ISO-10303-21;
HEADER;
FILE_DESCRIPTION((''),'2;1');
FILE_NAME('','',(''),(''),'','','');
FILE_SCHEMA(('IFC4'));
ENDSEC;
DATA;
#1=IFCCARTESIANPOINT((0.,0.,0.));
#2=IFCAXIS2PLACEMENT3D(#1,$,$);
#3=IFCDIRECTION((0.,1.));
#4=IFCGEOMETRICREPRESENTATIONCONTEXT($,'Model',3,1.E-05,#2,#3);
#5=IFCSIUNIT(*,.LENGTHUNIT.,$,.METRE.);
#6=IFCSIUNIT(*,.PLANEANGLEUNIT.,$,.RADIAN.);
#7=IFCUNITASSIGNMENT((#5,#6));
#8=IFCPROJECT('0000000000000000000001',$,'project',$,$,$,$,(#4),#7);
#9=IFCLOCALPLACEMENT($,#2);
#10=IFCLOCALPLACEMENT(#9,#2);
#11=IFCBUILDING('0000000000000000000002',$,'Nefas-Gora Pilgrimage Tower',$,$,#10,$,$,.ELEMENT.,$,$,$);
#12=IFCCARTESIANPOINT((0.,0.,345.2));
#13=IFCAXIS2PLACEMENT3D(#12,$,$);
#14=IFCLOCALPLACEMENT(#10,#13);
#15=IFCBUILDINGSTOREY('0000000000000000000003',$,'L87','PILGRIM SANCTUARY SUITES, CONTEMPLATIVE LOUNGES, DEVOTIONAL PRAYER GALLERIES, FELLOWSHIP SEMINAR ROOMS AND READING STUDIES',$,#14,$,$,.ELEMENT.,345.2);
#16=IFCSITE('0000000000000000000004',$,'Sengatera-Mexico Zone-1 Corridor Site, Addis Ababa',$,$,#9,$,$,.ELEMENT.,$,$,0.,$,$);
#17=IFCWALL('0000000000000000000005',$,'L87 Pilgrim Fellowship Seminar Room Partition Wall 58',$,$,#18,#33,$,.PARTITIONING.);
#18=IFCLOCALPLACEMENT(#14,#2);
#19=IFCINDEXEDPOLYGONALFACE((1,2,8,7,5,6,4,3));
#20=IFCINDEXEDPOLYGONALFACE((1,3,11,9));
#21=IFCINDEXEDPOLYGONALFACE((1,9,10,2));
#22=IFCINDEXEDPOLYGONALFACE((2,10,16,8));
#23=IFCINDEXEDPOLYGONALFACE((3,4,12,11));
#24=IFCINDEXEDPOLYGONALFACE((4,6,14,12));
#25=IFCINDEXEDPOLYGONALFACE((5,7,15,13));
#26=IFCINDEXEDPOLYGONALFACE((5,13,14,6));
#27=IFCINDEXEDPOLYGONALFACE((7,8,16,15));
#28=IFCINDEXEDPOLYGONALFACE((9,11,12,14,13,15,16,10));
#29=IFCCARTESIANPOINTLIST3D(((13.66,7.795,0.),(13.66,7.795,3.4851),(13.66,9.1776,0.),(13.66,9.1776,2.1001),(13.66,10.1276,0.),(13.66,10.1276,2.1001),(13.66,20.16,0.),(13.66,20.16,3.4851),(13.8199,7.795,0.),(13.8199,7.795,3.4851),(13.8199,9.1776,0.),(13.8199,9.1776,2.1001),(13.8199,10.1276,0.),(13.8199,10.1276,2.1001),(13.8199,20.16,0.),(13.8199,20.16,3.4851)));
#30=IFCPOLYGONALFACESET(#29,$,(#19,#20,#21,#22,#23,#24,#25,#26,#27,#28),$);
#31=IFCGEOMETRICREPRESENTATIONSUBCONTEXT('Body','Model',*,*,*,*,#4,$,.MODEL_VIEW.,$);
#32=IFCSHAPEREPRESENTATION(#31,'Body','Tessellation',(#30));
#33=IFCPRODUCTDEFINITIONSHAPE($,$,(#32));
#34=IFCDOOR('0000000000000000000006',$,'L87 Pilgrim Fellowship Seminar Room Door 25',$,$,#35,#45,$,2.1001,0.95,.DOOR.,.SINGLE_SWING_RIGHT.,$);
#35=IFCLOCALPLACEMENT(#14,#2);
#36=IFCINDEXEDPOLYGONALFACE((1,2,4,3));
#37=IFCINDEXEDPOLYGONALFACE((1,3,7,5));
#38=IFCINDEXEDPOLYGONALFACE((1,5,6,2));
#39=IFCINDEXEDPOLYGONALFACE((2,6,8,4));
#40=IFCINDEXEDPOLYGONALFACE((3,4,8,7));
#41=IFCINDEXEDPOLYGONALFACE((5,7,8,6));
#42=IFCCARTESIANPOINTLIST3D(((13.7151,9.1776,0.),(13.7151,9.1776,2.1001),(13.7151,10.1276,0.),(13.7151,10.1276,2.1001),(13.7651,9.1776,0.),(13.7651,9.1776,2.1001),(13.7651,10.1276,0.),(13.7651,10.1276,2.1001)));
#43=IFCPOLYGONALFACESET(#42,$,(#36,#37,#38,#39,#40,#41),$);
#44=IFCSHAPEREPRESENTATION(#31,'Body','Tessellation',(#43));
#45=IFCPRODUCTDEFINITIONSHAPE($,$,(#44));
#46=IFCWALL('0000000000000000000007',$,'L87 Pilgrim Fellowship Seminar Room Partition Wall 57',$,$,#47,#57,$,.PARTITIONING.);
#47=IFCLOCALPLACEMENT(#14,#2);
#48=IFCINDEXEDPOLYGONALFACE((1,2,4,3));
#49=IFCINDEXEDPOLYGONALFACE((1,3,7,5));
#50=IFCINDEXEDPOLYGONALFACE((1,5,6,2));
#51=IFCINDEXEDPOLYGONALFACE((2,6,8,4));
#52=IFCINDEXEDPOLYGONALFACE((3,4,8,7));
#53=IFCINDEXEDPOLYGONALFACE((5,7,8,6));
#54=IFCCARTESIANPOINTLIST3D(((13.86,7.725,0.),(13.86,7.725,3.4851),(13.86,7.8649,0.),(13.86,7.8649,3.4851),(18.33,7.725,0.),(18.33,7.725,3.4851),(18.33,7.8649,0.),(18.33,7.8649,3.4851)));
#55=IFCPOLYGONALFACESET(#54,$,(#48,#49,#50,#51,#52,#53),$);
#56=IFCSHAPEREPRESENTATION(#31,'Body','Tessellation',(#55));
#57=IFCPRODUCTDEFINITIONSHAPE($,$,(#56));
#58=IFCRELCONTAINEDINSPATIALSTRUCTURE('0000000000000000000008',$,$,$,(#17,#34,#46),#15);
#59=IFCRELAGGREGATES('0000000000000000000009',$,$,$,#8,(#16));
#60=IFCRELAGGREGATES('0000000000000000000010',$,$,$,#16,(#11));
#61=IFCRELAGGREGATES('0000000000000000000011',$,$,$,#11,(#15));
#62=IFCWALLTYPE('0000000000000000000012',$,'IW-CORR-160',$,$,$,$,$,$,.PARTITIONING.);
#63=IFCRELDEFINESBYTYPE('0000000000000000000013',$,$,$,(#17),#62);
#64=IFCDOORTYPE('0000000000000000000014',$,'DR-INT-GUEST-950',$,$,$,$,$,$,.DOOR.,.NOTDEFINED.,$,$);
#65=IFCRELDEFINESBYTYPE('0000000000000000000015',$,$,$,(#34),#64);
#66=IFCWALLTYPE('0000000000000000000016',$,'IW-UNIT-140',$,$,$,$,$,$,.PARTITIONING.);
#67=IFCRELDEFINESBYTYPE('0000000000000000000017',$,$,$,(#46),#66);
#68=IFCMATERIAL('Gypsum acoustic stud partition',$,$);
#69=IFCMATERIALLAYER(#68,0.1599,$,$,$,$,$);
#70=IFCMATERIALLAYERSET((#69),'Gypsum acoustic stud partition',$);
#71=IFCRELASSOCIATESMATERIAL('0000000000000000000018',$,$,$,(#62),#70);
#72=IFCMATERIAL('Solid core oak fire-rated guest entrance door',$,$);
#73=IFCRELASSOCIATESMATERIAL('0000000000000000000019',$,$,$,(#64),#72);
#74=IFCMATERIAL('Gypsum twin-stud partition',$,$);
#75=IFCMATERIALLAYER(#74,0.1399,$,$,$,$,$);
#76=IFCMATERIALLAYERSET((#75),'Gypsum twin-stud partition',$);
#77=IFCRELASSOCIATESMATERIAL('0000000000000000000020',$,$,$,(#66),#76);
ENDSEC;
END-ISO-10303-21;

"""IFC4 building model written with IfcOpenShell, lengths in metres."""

from ifc_helpers import new_model, si_unit, direction, frame, frame_2d, origin, place, context, subcontext, project, spatial, rectangle, extrude, source, transform, mapped, material, layer, layer_set, type_object, element, fill, save


model = new_model("IFC4")

# Units and contexts
model_context = context("Model", 3, precision=1e-05, world=origin(), true_north=direction((0.0, 1.0)))
body_context = subcontext(model_context, "Body", "Model", "MODEL_VIEW")
ifc_project = project(units=[si_unit("LENGTHUNIT", "METRE"), si_unit("PLANEANGLEUNIT", "RADIAN")], contexts=[model_context])

# Site, building, storey
site_placement = place(None, origin())
site = spatial("IfcSite", under=ifc_project, at=site_placement, Name="Sengatera-Mexico Zone-1 Corridor Site, Addis Ababa", CompositionType="ELEMENT", RefElevation=0.0)
building_placement = place(site_placement, origin())
building = spatial("IfcBuilding", under=site, at=building_placement, Name="Nefas-Gora Pilgrimage Tower", CompositionType="ELEMENT")
storey_placement = place(building_placement, frame((0.0, 0.0, 345.2)))
storey = spatial("IfcBuildingStorey", under=building, at=storey_placement, Name="L87", Description="PILGRIM SANCTUARY SUITES, CONTEMPLATIVE LOUNGES, DEVOTIONAL PRAYER GALLERIES, FELLOWSHIP SEMINAR ROOMS AND READING STUDIES", CompositionType="ELEMENT", Elevation=345.2)

# Wall, opening, door
ifc_material_1 = material(Name="Gypsum acoustic stud partition")
ifc_layer_1 = layer(ifc_material_1, 0.1599)
ifc_layer_set_1 = layer_set([ifc_layer_1], Name="Gypsum acoustic stud partition")
wall_type_1 = type_object("IfcWallType", Name="IW-CORR-160", PredefinedType="PARTITIONING", material=ifc_layer_set_1)
shared_shape_1 = source(origin(), body_context, "Body", "SweptSolid", [
    extrude(rectangle(XDim=12.365, YDim=0.1599, at=frame_2d((6.1826, 0.0))), origin(), (0.0, 0.0, 1.0), 3.4851),
])
wall_1_placement = place(storey_placement, frame((13.74, 7.7949, 0.0), z_axis=(0.0, 0.0, 1.0), x_axis=(0.0, 1.0, 0.0)))
wall_1 = element("IfcWall", 1, at=wall_1_placement, inside=storey, type_object=wall_type_1, Name="L87 Pilgrim Fellowship Seminar Room Partition Wall 58", PredefinedType="PARTITIONING", context=body_context, shape_type="MappedRepresentation", body=[
    mapped(shared_shape_1, transform((0.0, 0.0, 0.0), x_axis=(1.0, 0.0, 0.0), y_axis=(0.0, 1.0, 0.0), z_axis=(0.0, 0.0, 1.0), scale=1.0)),
])
opening_placement = place(wall_1_placement, frame((1.3826, 0.0, 0.0)))
opening = element("IfcOpeningElement", 2, at=opening_placement, cuts=wall_1, PredefinedType="OPENING", context=body_context, shape_type="SweptSolid", body=[
    extrude(rectangle(XDim=0.95, YDim=2.1001, at=frame_2d((0.4751, 1.05))), frame((0.0, 0.0898, 0.0), z_axis=(0.0, -1.0, 0.0), x_axis=(1.0, 0.0, 0.0)), (0.0, 0.0, 1.0), 0.1799),
])
ifc_material_2 = material(Name="Solid core oak fire-rated guest entrance door")
door_type = type_object("IfcDoorType", Name="DR-INT-GUEST-950", OperationType="NOTDEFINED", PredefinedType="DOOR", material=ifc_material_2)
shared_shape_2 = source(origin(), body_context, "Body", "SweptSolid", [
    extrude(rectangle(XDim=0.95, YDim=2.1001, at=frame_2d((0.4751, 1.05))), frame((0.0, 0.0249, 0.0), z_axis=(0.0, -1.0, 0.0), x_axis=(1.0, 0.0, 0.0)), (0.0, 0.0, 1.0), 0.05),
])
door_placement = place(opening_placement, origin())
door = element("IfcDoor", 3, at=door_placement, inside=storey, type_object=door_type, Name="L87 Pilgrim Fellowship Seminar Room Door 25", OperationType="SINGLE_SWING_RIGHT", OverallHeight=2.1001, OverallWidth=0.95, PredefinedType="DOOR", context=body_context, shape_type="MappedRepresentation", body=[
    mapped(shared_shape_2, transform((0.0, 0.0, 0.0), x_axis=(1.0, 0.0, 0.0), y_axis=(0.0, 1.0, 0.0), z_axis=(0.0, 0.0, 1.0), scale=1.0)),
])
fill(opening, door)

# Wall
ifc_material_3 = material(Name="Gypsum twin-stud partition")
ifc_layer_2 = layer(ifc_material_3, 0.1399)
ifc_layer_set_2 = layer_set([ifc_layer_2], Name="Gypsum twin-stud partition")
wall_type_2 = type_object("IfcWallType", Name="IW-UNIT-140", PredefinedType="PARTITIONING", material=ifc_layer_set_2)
shared_shape_3 = source(origin(), body_context, "Body", "SweptSolid", [
    extrude(rectangle(XDim=4.47, YDim=0.1399, at=frame_2d((2.2349, 0.0))), origin(), (0.0, 0.0, 1.0), 3.4851),
])
wall_2_placement = place(storey_placement, frame((13.8601, 7.7949, 0.0), z_axis=(0.0, 0.0, 1.0), x_axis=(1.0, 0.0, 0.0)))
element("IfcWall", 4, at=wall_2_placement, inside=storey, type_object=wall_type_2, Name="L87 Pilgrim Fellowship Seminar Room Partition Wall 57", PredefinedType="PARTITIONING", context=body_context, shape_type="MappedRepresentation", body=[
    mapped(shared_shape_3, transform((0.0, 0.0, 0.0), x_axis=(1.0, 0.0, 0.0), y_axis=(0.0, 1.0, 0.0), z_axis=(0.0, 0.0, 1.0), scale=1.0)),
])

save(model, "model.ifc")
